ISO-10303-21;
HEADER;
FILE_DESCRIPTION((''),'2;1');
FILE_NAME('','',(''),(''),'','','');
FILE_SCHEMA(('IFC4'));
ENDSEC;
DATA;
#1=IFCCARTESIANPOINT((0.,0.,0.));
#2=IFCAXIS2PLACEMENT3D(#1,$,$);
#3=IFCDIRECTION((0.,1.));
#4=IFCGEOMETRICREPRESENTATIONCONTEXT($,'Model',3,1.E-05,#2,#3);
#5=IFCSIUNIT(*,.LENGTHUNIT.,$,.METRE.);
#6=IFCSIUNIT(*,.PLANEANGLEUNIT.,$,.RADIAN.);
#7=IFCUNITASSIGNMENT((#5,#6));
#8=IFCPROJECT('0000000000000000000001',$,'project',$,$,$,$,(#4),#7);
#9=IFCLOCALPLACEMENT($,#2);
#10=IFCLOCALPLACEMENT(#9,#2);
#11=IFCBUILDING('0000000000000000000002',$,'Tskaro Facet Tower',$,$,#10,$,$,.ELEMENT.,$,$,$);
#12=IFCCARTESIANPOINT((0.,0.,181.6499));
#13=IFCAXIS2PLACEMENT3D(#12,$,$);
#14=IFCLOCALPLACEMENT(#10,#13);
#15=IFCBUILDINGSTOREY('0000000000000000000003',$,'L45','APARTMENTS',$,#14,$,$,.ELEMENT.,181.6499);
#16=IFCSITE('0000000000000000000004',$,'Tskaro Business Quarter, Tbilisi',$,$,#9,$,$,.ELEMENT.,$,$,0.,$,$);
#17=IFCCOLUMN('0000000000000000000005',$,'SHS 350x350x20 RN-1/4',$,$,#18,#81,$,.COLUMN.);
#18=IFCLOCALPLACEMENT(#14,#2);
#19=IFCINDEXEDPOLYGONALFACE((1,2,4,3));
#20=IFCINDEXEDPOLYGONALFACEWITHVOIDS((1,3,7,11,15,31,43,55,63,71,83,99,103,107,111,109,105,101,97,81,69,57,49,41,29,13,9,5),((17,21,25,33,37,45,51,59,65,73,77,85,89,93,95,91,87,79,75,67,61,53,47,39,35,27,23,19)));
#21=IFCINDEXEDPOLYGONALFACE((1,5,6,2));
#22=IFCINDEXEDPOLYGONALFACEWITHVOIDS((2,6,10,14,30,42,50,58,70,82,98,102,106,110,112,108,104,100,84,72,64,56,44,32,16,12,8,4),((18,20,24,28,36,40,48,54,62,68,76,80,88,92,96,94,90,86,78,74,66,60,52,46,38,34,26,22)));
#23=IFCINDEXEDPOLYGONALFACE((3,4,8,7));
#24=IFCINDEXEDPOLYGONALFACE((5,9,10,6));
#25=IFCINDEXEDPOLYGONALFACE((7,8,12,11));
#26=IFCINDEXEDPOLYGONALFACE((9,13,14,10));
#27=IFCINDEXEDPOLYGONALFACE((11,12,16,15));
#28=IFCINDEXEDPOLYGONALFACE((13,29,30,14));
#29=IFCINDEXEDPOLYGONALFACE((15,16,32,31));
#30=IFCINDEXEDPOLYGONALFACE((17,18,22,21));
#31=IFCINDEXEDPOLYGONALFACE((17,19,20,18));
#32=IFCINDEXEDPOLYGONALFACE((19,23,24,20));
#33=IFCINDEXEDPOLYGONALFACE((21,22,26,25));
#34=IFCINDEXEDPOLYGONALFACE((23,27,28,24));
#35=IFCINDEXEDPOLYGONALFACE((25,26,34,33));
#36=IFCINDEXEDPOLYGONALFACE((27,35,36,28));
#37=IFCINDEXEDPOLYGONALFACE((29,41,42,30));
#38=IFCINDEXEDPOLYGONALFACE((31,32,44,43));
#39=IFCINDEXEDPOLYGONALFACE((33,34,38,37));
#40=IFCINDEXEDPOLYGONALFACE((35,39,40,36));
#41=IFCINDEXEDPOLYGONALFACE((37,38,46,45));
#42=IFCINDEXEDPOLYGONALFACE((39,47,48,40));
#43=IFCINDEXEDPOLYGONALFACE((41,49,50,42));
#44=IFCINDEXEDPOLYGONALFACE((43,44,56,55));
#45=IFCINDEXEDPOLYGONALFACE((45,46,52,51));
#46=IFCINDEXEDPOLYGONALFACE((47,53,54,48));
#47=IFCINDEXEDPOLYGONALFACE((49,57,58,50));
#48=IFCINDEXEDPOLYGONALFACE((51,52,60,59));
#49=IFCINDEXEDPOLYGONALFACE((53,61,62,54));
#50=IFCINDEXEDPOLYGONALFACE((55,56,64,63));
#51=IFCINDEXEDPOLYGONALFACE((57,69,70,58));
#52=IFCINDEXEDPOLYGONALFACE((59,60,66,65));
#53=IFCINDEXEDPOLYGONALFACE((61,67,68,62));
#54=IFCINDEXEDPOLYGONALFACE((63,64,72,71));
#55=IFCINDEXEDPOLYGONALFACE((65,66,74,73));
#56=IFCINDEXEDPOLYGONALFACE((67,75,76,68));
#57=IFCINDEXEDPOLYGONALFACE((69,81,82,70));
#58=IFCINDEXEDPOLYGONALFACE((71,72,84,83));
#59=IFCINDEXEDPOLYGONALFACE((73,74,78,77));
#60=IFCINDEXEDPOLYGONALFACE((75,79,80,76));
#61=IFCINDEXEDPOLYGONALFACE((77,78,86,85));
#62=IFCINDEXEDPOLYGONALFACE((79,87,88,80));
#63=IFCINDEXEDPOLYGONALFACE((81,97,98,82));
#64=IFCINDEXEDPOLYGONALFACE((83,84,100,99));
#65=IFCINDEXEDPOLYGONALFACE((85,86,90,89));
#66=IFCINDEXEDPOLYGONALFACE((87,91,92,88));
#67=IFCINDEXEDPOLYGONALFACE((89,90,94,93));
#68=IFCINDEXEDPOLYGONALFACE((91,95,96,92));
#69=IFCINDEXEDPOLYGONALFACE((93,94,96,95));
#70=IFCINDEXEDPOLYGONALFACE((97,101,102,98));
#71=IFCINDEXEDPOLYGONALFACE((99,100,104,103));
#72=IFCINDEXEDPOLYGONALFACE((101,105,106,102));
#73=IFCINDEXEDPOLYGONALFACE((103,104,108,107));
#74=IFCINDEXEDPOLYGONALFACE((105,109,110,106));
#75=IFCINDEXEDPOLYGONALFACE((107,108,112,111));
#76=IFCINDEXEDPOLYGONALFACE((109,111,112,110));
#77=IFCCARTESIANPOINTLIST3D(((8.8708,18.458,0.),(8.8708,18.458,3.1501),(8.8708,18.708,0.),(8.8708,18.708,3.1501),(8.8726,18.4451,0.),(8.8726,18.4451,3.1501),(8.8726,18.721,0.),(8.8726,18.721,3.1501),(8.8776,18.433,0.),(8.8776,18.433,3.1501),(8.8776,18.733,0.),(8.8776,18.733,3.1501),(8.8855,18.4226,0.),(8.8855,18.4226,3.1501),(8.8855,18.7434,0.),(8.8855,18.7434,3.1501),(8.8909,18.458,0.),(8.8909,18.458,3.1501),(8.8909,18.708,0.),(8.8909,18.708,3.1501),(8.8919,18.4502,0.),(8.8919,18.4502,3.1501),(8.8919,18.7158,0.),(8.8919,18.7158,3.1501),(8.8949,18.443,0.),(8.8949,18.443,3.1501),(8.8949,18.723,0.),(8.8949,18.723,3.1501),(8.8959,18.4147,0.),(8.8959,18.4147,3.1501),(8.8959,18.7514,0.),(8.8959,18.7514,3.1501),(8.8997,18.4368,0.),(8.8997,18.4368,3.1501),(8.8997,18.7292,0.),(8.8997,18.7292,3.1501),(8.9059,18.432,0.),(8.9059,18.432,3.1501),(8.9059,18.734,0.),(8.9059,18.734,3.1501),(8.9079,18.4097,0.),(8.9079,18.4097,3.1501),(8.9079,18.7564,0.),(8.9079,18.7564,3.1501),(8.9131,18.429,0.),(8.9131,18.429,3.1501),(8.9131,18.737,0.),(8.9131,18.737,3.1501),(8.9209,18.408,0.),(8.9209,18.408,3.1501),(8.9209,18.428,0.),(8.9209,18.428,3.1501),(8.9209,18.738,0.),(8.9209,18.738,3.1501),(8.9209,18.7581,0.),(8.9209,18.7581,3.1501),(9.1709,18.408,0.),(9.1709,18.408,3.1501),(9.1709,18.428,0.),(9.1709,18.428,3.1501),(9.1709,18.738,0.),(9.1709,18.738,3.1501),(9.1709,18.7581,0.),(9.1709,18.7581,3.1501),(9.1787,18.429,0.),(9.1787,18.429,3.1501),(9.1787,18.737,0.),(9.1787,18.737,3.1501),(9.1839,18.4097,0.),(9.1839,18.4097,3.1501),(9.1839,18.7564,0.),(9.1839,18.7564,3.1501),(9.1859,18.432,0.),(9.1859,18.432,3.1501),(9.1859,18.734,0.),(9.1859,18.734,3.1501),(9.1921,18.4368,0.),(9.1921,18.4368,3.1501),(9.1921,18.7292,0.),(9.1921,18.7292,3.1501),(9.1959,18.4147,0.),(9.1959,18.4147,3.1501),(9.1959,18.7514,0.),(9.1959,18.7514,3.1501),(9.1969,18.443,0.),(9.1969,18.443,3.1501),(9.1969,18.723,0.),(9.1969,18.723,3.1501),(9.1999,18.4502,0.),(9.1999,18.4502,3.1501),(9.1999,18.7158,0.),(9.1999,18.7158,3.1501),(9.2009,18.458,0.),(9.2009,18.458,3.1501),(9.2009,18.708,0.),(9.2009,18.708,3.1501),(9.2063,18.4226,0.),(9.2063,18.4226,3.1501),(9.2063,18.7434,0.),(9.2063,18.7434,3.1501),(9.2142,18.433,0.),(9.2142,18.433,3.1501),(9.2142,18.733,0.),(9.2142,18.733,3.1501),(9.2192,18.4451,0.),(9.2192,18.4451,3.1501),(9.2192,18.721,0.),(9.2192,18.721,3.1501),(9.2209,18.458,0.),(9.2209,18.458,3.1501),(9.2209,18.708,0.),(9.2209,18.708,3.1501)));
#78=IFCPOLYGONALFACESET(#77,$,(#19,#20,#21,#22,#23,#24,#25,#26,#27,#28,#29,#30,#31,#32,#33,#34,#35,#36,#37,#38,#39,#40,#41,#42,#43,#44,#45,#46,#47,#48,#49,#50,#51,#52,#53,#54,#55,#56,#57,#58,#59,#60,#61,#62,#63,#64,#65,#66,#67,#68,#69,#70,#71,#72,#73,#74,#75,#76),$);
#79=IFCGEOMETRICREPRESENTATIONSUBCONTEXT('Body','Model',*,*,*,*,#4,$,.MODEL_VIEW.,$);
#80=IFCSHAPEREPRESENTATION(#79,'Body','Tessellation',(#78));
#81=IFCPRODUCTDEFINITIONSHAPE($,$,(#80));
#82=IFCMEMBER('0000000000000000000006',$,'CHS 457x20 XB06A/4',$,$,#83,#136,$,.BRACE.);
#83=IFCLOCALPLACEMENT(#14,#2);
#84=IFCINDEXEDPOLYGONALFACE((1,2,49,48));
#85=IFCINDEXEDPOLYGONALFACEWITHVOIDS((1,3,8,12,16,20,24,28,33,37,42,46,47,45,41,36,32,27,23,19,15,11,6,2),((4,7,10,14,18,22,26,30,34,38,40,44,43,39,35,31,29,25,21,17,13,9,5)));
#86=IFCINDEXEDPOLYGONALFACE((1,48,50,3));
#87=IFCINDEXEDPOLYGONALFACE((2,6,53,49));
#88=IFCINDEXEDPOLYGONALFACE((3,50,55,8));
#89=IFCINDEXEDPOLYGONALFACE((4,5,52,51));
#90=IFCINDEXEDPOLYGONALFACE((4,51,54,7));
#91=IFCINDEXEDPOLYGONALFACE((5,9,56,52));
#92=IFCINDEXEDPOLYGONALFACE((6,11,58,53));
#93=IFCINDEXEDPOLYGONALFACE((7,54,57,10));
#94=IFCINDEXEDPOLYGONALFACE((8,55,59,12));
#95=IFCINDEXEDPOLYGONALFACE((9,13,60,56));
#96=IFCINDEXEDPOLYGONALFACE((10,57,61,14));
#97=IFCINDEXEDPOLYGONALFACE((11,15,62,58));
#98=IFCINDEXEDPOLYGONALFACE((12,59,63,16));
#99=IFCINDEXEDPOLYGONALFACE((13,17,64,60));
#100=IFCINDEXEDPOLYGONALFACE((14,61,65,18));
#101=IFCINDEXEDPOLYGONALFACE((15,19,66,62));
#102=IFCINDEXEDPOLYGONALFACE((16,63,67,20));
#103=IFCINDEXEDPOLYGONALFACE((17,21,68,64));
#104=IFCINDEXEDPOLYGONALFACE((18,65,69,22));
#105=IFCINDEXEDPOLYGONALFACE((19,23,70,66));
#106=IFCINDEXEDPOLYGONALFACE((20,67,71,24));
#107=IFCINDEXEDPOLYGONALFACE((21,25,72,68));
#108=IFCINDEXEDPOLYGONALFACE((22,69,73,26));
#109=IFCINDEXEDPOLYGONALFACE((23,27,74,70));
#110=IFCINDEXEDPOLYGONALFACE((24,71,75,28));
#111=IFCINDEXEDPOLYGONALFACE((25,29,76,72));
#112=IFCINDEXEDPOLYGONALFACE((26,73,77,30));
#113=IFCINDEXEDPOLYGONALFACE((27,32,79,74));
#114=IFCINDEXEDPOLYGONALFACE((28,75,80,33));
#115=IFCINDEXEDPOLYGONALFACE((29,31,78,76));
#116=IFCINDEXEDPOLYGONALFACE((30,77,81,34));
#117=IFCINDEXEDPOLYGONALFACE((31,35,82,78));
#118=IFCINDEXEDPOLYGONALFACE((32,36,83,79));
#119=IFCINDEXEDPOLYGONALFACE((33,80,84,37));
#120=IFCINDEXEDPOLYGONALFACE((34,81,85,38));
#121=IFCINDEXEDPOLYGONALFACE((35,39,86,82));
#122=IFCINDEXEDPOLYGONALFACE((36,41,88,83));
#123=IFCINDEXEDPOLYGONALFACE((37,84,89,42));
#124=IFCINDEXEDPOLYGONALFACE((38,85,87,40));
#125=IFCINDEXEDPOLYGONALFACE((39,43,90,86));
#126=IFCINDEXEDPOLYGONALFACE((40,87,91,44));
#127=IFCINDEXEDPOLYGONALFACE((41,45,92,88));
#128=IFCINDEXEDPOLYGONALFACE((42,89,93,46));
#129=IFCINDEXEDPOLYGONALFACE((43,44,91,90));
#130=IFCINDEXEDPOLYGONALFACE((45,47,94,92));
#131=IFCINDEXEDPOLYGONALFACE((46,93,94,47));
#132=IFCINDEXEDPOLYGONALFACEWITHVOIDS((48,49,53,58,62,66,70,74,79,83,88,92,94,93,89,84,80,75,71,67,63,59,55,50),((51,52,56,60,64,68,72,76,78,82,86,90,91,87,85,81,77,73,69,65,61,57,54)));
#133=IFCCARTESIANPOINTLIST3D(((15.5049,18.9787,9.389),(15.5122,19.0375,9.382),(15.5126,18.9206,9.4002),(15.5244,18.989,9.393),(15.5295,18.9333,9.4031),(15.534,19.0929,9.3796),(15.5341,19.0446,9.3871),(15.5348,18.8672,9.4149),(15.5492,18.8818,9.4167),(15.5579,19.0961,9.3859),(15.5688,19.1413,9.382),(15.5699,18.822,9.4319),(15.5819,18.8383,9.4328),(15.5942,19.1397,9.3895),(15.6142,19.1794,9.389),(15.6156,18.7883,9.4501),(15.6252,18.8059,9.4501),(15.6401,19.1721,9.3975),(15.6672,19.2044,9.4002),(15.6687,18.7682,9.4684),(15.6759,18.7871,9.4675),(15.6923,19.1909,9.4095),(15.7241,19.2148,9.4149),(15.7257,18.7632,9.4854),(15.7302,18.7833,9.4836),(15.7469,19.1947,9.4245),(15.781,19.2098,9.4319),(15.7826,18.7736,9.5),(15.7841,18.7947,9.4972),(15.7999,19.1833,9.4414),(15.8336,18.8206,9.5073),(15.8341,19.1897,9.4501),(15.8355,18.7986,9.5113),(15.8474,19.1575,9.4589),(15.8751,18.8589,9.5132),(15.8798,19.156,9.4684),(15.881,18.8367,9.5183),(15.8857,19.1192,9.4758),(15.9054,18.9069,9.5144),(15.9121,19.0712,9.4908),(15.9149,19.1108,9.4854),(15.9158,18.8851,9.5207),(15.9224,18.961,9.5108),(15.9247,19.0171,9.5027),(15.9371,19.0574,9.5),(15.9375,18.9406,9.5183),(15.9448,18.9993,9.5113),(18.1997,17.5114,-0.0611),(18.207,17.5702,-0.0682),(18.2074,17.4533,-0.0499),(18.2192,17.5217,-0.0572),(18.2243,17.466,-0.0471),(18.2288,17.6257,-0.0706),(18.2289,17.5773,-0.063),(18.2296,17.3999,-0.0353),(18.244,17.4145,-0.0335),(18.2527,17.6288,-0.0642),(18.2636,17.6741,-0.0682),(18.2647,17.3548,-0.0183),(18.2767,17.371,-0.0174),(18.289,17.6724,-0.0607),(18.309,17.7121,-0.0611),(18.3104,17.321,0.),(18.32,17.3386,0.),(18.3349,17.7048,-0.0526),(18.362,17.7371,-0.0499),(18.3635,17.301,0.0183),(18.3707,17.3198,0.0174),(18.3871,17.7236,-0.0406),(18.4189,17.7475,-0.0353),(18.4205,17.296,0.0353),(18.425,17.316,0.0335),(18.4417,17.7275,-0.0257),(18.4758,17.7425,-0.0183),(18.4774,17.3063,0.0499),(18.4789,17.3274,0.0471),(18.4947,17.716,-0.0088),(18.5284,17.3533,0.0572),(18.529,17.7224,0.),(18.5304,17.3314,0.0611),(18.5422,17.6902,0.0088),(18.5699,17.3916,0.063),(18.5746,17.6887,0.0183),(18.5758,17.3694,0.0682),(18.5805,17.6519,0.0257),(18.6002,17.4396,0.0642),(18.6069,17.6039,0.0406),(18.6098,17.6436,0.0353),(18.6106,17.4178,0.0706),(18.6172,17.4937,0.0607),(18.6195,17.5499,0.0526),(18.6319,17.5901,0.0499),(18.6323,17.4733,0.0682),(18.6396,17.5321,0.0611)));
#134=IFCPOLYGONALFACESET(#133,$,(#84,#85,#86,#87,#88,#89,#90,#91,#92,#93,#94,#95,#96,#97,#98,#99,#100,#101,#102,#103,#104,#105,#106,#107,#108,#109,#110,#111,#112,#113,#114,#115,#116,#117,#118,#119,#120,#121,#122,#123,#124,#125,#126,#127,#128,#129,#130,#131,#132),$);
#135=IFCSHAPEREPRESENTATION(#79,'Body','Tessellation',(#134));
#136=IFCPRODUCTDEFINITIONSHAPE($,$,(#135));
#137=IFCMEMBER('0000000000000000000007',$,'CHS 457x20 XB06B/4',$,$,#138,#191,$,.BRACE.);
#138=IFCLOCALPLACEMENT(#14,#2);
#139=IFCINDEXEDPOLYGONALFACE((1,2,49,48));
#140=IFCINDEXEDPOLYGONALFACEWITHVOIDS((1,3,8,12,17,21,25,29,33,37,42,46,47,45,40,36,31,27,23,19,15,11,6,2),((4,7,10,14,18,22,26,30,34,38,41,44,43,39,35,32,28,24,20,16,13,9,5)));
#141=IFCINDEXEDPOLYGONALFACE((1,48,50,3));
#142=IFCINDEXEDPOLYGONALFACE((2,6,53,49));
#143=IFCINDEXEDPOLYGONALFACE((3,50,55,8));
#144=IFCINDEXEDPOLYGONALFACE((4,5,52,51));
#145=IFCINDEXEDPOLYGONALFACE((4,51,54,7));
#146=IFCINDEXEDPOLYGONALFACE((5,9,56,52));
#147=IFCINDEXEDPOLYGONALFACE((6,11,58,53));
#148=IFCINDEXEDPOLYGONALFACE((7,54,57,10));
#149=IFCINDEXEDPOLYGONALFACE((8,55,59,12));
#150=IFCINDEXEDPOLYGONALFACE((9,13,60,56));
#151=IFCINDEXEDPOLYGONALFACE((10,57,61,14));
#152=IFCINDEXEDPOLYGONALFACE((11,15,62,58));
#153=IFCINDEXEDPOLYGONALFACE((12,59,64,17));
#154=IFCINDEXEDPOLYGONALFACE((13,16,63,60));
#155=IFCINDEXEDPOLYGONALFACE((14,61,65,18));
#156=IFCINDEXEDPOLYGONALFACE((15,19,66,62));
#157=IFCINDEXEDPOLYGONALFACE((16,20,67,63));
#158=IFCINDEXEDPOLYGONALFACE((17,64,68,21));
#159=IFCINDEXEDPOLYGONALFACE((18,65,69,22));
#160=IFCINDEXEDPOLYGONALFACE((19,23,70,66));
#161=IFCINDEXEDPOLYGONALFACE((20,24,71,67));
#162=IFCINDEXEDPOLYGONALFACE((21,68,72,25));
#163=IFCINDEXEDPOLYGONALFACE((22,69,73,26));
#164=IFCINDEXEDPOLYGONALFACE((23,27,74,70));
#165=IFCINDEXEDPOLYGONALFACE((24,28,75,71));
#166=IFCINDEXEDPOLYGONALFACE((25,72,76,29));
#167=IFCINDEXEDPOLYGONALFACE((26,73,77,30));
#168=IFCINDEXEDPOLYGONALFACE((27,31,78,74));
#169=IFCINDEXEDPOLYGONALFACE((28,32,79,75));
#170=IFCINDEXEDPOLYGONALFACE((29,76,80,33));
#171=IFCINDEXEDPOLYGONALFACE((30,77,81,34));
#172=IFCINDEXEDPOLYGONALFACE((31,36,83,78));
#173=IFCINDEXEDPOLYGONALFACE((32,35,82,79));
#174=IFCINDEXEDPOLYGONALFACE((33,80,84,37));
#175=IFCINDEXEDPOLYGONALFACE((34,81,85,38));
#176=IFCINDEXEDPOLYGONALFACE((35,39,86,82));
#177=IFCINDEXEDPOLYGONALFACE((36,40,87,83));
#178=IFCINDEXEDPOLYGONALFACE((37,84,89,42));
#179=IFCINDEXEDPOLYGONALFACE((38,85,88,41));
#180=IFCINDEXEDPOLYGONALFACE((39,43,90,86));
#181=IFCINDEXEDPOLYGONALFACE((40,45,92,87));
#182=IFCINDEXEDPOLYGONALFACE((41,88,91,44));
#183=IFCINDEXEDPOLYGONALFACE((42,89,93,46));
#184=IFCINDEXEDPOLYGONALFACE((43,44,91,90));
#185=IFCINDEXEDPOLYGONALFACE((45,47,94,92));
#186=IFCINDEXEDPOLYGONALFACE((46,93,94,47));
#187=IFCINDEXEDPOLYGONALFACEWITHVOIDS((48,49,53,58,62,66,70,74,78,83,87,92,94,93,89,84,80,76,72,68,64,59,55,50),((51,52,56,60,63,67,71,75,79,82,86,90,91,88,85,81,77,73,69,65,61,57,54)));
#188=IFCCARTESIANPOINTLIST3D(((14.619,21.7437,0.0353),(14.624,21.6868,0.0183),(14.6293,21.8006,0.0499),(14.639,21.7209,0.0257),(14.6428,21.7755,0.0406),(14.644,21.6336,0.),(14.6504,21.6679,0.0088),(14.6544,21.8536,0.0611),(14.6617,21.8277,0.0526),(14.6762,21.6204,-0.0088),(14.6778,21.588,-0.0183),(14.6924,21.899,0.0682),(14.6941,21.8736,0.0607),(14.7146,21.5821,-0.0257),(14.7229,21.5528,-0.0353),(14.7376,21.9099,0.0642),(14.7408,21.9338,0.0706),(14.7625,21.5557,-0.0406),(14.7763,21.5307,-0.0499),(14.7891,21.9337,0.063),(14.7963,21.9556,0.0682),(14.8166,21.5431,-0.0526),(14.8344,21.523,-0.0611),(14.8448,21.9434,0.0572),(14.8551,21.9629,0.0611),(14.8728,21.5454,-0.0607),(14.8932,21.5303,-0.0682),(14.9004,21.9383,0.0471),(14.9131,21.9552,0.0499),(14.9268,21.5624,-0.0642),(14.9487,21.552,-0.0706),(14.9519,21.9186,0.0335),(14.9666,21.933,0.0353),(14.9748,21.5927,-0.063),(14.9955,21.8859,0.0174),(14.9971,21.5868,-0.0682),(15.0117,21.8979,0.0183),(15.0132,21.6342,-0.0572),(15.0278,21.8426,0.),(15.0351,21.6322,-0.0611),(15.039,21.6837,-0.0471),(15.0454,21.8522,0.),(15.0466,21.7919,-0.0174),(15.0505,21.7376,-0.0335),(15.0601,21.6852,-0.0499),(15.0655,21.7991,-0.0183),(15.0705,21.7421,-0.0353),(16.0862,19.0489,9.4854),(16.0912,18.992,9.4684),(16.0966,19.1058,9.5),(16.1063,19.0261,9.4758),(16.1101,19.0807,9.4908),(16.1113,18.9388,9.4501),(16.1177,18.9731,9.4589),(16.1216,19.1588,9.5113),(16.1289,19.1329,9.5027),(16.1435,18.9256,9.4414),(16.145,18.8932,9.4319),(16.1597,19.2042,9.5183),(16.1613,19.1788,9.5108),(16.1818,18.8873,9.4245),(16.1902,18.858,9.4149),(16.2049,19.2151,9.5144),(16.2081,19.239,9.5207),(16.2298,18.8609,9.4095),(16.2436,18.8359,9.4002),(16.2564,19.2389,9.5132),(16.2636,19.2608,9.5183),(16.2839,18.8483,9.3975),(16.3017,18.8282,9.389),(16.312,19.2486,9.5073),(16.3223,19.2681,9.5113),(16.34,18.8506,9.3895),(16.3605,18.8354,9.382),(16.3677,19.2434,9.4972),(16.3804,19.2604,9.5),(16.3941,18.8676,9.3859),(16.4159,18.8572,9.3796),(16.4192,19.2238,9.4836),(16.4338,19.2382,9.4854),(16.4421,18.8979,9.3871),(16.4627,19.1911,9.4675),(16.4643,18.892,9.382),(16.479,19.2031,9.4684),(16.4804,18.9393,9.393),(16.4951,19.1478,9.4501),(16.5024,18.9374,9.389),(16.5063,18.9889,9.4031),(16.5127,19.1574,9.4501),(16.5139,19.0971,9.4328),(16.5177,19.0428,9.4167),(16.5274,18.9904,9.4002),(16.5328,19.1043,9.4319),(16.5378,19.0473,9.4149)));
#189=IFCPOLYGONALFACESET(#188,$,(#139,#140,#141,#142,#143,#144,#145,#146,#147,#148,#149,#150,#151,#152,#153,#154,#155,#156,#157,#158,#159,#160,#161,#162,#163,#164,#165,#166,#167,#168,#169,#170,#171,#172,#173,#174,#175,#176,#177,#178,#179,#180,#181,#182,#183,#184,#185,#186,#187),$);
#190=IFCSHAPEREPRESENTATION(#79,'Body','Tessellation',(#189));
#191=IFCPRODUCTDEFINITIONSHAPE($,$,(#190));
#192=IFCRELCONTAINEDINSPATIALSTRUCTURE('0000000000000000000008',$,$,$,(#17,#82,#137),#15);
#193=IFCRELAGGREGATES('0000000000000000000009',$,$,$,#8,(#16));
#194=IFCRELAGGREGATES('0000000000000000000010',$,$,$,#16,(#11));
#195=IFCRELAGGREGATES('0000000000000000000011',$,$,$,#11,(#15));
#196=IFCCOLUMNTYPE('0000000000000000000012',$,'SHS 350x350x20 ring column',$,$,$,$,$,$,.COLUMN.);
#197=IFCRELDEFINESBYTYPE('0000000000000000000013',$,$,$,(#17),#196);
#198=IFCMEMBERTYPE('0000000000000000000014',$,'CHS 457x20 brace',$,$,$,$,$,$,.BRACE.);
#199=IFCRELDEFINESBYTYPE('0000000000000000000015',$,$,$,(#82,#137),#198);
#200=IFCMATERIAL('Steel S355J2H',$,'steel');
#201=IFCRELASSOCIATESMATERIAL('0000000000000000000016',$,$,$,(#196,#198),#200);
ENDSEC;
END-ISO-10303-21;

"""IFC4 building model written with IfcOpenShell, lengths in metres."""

from ifc_helpers import new_model, si_unit, direction, frame, origin, origin_2d, place, context, subcontext, project, spatial, hollow_rectangle, hollow_circle, extrude, material, material_profile, profile_set, type_object, element, save


model = new_model("IFC4")

# Units and contexts
model_context = context("Model", 3, precision=1e-05, world=origin(), true_north=direction((0.0, 1.0)))
body_context = subcontext(model_context, "Body", "Model", "MODEL_VIEW")
ifc_project = project(units=[si_unit("LENGTHUNIT", "METRE"), si_unit("PLANEANGLEUNIT", "RADIAN")], contexts=[model_context])

# Site, building, storey
site_placement = place(None, origin())
site = spatial("IfcSite", under=ifc_project, at=site_placement, Name="Tskaro Business Quarter, Tbilisi", CompositionType="ELEMENT", RefElevation=0.0)
building_placement = place(site_placement, origin())
building = spatial("IfcBuilding", under=site, at=building_placement, Name="Tskaro Facet Tower", CompositionType="ELEMENT")
storey_placement = place(building_placement, frame((0.0, 0.0, 181.6499)))
storey = spatial("IfcBuildingStorey", under=building, at=storey_placement, Name="L45", Description="APARTMENTS", CompositionType="ELEMENT", Elevation=181.6499)

# Column
ifc_material_1 = material(Name="Steel S355J2H", Category="steel")
ifc_material_profile_1 = material_profile(ifc_material_1, hollow_rectangle(XDim=0.3501, YDim=0.3501, WallThickness=0.02, InnerFilletRadius=0.03, OuterFilletRadius=0.05, at=origin_2d()), Name="SHS 350x350x20")
ifc_profile_set_1 = profile_set([ifc_material_profile_1], Name="Steel S355J2H")
column_type_1 = type_object("IfcColumnType", Name="SHS 350x350x20 ring column", PredefinedType="COLUMN", material=ifc_profile_set_1)
for number, where, z_axis, x_axis, name in (
    (1, (9.0459, 18.583, 0.0), (0.0, 0.0, 1.0), (1.0, 0.0, 0.0), "SHS 350x350x20 RN-1/4"),
):
    element("IfcColumn", number, at=place(storey_placement, frame(where, z_axis=z_axis, x_axis=x_axis)), inside=storey, type_object=column_type_1, Name=name, PredefinedType="COLUMN", context=body_context, shape_type="SweptSolid", body=[
        extrude(hollow_rectangle(XDim=0.3501, YDim=0.3501, WallThickness=0.02, InnerFilletRadius=0.03, OuterFilletRadius=0.05, at=origin_2d()), origin(), (0.0, 0.0, 1.0), 3.1501),
    ])

# Members
ifc_material_profile_2 = material_profile(ifc_material_1, hollow_circle(Radius=0.2285, WallThickness=0.02, at=origin_2d()), Name="CHS 457x20")
ifc_profile_set_2 = profile_set([ifc_material_profile_2], Name="Steel S355J2H")
member_type_1 = type_object("IfcMemberType", Name="CHS 457x20 brace", PredefinedType="BRACE", material=ifc_profile_set_2)
for number, where, z_axis, x_axis, name in (
    (2, (18.4197, 17.5217, 0.0), (-0.271222, 0.147676, 0.951121), (-0.478194, -0.878254, 0.0), "CHS 457x20 XB06A/4"),
    (3, (14.8447, 21.7429, 0.0), (0.147676, -0.271222, 0.951121), (0.878254, 0.478194, 0.0), "CHS 457x20 XB06B/4"),
):
    element("IfcMember", number, at=place(storey_placement, frame(where, z_axis=z_axis, x_axis=x_axis)), inside=storey, type_object=member_type_1, Name=name, PredefinedType="BRACE", context=body_context, shape_type="SweptSolid", body=[
        extrude(hollow_circle(Radius=0.2285, WallThickness=0.02, at=origin_2d()), origin(), (0.0, 0.0, 1.0), 9.9358),
    ])

save(model, "model.ifc")
